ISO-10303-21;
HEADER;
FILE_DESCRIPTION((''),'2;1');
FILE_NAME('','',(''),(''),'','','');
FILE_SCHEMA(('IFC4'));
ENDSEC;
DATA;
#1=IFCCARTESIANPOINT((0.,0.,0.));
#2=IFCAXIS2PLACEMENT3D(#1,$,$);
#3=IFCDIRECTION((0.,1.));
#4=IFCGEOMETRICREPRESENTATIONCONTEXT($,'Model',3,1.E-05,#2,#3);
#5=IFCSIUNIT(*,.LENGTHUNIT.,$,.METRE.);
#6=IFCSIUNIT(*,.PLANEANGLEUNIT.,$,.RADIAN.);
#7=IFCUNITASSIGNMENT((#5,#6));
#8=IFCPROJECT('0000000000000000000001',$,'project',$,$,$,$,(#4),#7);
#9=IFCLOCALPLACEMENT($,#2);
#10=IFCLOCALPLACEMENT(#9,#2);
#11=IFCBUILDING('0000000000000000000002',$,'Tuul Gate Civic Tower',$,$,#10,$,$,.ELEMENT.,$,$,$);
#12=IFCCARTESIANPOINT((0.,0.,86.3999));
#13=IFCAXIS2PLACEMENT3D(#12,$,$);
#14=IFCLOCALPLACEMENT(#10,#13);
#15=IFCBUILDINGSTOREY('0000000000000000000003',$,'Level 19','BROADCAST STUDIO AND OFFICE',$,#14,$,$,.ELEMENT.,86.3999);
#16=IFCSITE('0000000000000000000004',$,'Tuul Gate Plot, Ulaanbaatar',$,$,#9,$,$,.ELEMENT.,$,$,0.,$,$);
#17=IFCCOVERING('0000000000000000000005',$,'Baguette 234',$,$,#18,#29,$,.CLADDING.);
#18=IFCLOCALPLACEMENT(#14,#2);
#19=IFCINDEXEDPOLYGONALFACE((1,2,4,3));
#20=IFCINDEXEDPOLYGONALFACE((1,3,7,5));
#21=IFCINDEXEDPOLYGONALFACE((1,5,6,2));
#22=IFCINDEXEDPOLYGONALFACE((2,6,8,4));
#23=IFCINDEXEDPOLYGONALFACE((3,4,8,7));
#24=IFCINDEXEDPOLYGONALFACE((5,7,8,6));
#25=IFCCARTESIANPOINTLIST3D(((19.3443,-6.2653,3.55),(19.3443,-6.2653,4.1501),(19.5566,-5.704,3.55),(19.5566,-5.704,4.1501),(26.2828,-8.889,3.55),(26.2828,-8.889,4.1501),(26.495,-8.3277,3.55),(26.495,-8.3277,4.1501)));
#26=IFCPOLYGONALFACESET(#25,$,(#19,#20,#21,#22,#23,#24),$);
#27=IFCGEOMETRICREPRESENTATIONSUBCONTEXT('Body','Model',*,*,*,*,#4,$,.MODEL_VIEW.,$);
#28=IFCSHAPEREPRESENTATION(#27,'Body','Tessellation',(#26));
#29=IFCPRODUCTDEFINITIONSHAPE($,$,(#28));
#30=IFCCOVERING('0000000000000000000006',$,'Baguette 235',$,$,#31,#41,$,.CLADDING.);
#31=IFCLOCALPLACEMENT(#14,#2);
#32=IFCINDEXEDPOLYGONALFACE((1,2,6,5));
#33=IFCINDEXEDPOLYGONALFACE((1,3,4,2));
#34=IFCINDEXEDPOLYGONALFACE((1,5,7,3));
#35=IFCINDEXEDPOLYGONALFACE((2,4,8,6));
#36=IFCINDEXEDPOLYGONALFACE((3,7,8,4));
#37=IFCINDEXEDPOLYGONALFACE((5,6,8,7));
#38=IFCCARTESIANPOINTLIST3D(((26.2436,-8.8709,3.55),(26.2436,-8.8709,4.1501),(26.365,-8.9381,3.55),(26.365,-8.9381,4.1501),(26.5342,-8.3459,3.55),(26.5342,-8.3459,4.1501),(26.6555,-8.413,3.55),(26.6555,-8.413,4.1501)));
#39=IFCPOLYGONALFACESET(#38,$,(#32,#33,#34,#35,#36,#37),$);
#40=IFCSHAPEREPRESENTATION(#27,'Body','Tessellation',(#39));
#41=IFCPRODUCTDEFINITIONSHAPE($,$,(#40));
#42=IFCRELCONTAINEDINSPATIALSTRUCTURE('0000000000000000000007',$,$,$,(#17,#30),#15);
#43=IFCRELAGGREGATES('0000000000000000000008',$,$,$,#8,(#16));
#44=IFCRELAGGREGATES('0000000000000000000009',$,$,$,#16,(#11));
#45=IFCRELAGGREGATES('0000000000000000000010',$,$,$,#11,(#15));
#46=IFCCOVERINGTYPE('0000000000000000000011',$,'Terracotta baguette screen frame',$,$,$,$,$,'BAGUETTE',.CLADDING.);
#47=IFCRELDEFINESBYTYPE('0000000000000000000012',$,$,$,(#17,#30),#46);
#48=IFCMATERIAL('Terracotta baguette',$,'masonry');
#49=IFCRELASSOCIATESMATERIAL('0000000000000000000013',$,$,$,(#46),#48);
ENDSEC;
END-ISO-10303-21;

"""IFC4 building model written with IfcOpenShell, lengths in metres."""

from ifc_helpers import new_model, si_unit, direction, frame, origin, origin_2d, place, context, subcontext, project, spatial, rectangle, extrude, material, material_profile, profile_set, type_object, element, save


model = new_model("IFC4")

# Units and contexts
model_context = context("Model", 3, precision=1e-05, world=origin(), true_north=direction((0.0, 1.0)))
body_context = subcontext(model_context, "Body", "Model", "MODEL_VIEW")
ifc_project = project(units=[si_unit("LENGTHUNIT", "METRE"), si_unit("PLANEANGLEUNIT", "RADIAN")], contexts=[model_context])

# Site, building, storey
site_placement = place(None, origin())
site = spatial("IfcSite", under=ifc_project, at=site_placement, Name="Tuul Gate Plot, Ulaanbaatar", CompositionType="ELEMENT", RefElevation=0.0)
building_placement = place(site_placement, origin())
building = spatial("IfcBuilding", under=site, at=building_placement, Name="Tuul Gate Civic Tower", CompositionType="ELEMENT")
storey_placement = place(building_placement, frame((0.0, 0.0, 86.3999)))
storey = spatial("IfcBuildingStorey", under=building, at=storey_placement, Name="Level 19", Description="BROADCAST STUDIO AND OFFICE", CompositionType="ELEMENT", Elevation=86.3999)

# Coverings
ifc_material_1 = material(Name="Terracotta baguette", Category="masonry")
ifc_material_profile_1 = material_profile(ifc_material_1, rectangle(XDim=0.6001, YDim=0.6001, at=origin_2d()), Name="Terracotta baguette screen frame")
ifc_profile_set_1 = profile_set([ifc_material_profile_1], Name="Terracotta baguette")
covering_type = type_object("IfcCoveringType", Name="Terracotta baguette screen frame", ElementType="BAGUETTE", PredefinedType="CLADDING", material=ifc_profile_set_1)
covering_1_placement = place(storey_placement, frame((19.4504, -5.9846, 3.8501), z_axis=(0.935357, -0.353705, 0.0), x_axis=(0.353705, 0.935357, 0.0)))
element("IfcCovering", 1, at=covering_1_placement, inside=storey, type_object=covering_type, Name="Baguette 234", PredefinedType="CLADDING", context=body_context, shape_type="SweptSolid", body=[
    extrude(rectangle(XDim=0.6001, YDim=0.6001, at=origin_2d()), origin(), (0.0, 0.0, 1.0), 7.418),
])
covering_2_placement = place(storey_placement, frame((26.3889, -8.6084, 3.8501), z_axis=(0.874986, -0.484147, 0.0), x_axis=(0.484147, 0.874986, 0.0)))
element("IfcCovering", 2, at=covering_2_placement, inside=storey, type_object=covering_type, Name="Baguette 235", PredefinedType="CLADDING", context=body_context, shape_type="SweptSolid", body=[
    extrude(rectangle(XDim=0.6001, YDim=0.6001, at=origin_2d()), origin(), (0.0, 0.0, 1.0), 0.1387),
])

save(model, "model.ifc")
